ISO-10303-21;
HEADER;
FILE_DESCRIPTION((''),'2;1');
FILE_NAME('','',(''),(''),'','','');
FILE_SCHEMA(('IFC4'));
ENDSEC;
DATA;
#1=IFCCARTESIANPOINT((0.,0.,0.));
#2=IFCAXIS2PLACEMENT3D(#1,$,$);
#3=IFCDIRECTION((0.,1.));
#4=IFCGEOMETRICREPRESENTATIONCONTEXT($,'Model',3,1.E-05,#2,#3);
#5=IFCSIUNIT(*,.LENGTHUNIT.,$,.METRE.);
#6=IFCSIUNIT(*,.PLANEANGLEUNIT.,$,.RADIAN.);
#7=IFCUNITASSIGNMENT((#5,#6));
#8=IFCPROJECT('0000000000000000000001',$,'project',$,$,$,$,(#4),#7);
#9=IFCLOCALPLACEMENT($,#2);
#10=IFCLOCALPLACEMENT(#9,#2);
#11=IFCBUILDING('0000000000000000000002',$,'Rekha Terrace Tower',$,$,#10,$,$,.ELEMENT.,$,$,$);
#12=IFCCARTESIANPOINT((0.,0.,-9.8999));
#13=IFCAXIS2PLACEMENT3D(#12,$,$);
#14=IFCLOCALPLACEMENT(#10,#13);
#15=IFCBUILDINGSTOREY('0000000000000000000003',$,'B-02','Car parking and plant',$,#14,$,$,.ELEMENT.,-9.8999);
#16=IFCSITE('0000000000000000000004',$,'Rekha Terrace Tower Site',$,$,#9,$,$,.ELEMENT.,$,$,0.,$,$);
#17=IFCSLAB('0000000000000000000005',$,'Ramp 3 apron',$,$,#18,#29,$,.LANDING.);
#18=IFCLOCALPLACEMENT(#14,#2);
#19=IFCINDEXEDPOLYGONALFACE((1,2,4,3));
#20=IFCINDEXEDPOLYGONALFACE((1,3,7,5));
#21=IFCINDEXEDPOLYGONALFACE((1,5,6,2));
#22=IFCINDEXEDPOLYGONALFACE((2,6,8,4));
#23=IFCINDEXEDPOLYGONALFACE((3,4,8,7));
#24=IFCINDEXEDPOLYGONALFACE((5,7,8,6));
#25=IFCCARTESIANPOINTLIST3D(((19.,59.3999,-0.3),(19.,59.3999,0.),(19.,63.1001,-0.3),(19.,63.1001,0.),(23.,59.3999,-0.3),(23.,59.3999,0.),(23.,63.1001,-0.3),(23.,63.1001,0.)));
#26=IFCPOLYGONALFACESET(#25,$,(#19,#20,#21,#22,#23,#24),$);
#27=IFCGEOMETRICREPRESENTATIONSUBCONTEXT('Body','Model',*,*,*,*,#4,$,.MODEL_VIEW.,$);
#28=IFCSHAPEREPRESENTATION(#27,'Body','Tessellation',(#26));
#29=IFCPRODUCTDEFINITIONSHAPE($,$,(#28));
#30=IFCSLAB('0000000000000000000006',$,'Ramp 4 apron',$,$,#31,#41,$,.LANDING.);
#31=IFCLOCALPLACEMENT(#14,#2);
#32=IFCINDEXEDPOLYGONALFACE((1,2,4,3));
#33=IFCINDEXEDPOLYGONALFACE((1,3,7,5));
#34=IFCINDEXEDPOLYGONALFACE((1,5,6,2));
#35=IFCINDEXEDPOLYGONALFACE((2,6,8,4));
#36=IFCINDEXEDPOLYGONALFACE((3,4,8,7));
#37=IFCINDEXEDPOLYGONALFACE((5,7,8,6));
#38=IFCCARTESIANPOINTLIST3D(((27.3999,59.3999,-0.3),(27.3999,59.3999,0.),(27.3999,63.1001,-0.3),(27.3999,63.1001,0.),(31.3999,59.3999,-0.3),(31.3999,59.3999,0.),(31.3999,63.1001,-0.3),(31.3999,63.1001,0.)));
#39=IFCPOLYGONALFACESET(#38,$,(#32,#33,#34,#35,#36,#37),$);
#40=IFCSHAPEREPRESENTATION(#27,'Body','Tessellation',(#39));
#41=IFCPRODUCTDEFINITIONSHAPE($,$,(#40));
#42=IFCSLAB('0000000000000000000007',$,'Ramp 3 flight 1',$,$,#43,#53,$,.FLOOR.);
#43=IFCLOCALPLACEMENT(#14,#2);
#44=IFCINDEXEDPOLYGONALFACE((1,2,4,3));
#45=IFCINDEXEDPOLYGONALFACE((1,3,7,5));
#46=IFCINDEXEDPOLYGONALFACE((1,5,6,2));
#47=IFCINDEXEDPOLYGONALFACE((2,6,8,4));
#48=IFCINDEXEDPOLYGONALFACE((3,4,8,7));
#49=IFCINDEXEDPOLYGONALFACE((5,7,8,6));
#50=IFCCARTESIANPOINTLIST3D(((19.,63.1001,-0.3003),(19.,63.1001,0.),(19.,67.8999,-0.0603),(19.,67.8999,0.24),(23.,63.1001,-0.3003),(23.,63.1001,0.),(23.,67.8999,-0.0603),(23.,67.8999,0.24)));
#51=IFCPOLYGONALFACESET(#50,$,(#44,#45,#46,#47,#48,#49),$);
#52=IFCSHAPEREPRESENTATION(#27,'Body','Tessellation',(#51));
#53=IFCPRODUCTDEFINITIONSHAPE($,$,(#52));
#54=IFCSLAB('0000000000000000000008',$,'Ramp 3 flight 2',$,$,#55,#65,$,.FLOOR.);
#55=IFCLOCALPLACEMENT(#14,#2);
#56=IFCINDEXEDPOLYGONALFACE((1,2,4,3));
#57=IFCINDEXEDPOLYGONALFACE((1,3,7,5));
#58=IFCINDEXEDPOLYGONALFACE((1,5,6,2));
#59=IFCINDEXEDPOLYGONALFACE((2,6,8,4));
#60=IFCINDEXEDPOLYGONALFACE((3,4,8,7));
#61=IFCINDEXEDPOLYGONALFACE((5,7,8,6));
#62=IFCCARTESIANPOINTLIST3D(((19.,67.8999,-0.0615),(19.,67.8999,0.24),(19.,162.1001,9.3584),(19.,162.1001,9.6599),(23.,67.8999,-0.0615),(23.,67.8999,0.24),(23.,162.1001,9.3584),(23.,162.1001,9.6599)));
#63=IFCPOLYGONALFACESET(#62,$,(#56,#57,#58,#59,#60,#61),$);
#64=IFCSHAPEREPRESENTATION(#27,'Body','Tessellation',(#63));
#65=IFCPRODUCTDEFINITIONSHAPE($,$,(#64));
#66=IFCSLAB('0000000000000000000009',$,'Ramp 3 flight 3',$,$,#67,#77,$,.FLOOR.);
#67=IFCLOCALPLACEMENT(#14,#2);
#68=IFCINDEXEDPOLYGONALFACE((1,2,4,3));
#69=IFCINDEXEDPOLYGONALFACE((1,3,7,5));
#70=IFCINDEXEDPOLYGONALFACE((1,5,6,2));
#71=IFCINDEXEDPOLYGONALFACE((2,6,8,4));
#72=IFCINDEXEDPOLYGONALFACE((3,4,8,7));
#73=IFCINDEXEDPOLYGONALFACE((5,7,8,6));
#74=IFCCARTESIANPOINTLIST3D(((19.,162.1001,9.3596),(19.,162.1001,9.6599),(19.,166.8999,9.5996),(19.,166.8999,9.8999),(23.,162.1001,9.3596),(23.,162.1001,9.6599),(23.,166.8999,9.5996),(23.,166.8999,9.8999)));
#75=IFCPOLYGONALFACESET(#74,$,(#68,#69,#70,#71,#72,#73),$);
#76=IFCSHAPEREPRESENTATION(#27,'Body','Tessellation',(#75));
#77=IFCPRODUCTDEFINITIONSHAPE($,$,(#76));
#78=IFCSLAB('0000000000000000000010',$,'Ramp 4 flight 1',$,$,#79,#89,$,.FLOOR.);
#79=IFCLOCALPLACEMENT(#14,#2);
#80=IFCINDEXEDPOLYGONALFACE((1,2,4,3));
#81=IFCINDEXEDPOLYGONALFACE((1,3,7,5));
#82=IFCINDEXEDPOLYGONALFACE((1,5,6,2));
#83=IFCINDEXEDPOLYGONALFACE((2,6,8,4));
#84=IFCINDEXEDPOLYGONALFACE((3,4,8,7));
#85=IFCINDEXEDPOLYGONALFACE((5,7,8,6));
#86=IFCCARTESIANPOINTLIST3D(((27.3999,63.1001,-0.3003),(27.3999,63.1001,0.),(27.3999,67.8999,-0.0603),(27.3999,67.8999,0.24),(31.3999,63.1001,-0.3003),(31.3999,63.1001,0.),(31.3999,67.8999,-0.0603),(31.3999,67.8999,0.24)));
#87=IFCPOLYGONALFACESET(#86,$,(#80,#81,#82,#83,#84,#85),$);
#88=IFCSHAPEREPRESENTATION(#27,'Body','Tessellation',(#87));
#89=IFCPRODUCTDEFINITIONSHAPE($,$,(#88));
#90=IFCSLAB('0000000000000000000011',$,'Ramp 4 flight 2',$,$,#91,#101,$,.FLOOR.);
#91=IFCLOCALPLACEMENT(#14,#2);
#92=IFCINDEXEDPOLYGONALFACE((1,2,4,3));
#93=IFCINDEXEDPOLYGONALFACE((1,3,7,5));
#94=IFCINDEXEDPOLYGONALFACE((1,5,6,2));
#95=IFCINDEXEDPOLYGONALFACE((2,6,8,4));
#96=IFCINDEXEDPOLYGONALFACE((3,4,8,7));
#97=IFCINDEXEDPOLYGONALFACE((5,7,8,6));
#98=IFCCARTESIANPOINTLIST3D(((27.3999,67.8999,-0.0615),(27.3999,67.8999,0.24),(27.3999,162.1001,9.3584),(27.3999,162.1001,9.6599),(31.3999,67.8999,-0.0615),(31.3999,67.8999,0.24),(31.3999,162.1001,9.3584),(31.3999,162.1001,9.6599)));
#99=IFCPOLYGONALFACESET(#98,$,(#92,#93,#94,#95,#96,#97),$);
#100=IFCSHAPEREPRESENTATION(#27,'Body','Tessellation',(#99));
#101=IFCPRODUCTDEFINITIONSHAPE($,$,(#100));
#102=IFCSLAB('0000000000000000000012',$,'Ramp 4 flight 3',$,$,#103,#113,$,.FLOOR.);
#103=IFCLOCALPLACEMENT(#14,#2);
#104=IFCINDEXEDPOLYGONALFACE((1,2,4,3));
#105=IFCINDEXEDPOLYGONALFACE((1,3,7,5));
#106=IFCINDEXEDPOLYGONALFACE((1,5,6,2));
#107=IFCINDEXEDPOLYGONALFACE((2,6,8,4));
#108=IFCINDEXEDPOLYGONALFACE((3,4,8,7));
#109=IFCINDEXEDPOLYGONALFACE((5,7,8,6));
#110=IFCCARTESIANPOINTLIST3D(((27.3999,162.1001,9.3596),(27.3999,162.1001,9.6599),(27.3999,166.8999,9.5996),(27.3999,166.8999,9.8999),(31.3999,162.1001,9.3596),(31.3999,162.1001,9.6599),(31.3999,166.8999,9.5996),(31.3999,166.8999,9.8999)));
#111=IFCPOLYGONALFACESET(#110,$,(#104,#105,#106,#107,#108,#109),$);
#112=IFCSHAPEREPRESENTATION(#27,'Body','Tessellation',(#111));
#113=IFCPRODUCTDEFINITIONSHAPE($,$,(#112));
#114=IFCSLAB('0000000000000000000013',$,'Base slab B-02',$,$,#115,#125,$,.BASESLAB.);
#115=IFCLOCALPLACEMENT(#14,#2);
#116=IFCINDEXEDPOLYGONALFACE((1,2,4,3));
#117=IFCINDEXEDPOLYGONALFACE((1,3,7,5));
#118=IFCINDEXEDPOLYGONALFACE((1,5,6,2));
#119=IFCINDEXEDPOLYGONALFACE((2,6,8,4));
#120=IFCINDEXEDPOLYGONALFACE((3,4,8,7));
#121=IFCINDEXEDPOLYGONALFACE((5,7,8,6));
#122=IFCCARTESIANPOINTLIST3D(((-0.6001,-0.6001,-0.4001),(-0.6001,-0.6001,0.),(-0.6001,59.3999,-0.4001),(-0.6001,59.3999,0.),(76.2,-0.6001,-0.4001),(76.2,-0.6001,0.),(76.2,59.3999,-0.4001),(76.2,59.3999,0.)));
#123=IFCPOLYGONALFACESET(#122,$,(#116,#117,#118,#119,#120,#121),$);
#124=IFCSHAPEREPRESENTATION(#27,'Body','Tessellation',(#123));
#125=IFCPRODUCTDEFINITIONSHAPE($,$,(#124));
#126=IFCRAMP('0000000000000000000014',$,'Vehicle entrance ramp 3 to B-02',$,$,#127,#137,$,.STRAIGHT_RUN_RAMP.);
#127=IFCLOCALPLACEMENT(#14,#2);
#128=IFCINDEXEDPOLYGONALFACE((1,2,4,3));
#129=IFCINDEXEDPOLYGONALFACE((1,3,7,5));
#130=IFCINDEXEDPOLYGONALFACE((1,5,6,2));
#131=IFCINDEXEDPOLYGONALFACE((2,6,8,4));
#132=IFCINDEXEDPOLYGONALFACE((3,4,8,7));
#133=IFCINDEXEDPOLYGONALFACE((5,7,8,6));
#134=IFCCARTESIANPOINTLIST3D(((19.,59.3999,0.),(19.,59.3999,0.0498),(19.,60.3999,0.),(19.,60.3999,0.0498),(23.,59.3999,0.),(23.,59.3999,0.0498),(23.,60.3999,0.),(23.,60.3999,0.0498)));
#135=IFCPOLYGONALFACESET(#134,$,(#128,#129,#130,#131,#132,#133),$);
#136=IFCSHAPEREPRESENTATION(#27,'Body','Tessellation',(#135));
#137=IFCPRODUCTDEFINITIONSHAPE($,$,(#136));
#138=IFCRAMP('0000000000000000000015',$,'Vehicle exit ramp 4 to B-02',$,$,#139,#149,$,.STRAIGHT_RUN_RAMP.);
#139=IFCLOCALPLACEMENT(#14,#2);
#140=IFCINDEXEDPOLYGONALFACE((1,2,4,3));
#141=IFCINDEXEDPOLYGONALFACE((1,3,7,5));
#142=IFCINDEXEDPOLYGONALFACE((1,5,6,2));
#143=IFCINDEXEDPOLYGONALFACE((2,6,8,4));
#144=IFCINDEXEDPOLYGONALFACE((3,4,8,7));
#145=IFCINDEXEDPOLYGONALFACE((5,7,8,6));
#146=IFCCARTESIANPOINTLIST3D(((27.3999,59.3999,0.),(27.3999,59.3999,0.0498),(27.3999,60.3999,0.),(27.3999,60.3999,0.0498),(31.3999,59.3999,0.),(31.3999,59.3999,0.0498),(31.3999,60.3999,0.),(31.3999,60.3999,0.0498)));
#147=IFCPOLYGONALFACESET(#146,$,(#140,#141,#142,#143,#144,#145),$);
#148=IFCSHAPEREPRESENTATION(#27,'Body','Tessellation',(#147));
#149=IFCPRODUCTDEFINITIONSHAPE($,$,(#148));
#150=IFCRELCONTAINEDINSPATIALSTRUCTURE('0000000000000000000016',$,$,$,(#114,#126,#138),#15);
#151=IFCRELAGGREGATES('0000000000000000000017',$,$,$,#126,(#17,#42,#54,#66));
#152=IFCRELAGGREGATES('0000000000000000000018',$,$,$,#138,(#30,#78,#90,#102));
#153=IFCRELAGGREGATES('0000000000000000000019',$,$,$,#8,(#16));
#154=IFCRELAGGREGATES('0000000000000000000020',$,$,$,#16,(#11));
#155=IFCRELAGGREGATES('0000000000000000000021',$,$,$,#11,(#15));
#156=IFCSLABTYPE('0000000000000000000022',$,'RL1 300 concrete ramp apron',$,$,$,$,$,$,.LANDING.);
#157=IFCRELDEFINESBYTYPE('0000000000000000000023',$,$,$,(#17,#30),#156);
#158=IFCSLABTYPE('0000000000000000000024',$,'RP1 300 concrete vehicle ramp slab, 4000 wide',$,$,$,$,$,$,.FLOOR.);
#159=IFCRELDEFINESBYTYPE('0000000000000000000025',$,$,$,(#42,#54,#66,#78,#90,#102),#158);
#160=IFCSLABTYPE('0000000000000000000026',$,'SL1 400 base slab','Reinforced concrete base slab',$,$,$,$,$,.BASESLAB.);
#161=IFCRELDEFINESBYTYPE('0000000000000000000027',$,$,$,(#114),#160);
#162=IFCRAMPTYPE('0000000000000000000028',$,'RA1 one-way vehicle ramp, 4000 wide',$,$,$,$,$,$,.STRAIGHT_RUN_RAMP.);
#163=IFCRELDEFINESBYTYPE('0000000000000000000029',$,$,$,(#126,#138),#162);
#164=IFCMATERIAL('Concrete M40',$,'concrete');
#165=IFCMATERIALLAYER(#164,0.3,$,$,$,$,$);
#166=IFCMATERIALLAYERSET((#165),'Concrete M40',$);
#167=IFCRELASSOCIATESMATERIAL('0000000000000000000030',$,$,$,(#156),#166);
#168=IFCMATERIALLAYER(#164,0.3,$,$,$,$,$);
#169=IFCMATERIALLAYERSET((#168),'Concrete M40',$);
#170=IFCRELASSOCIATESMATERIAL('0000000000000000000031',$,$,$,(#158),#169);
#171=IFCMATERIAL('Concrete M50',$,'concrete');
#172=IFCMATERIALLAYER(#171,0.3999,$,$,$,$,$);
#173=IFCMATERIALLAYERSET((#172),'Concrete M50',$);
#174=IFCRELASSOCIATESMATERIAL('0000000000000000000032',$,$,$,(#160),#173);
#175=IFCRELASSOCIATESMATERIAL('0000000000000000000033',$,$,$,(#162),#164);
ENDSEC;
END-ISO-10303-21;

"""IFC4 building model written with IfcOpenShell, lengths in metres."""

from ifc_helpers import new_model, si_unit, direction, frame, origin, place, context, subcontext, project, spatial, polyline, outline, extrude, material, layer, layer_set, type_object, element, aggregate, save


model = new_model("IFC4")

# Units and contexts
model_context = context("Model", 3, precision=1e-05, world=origin(), true_north=direction((0.0, 1.0)))
body_context = subcontext(model_context, "Body", "Model", "MODEL_VIEW")
ifc_project = project(units=[si_unit("LENGTHUNIT", "METRE"), si_unit("PLANEANGLEUNIT", "RADIAN")], contexts=[model_context])

# Site, building, storey
site_placement = place(None, origin())
site = spatial("IfcSite", under=ifc_project, at=site_placement, Name="Rekha Terrace Tower Site", CompositionType="ELEMENT", RefElevation=0.0)
building_placement = place(site_placement, origin())
building = spatial("IfcBuilding", under=site, at=building_placement, Name="Rekha Terrace Tower", CompositionType="ELEMENT")
storey_placement = place(building_placement, frame((0.0, 0.0, -9.8999)))
storey = spatial("IfcBuildingStorey", under=building, at=storey_placement, Name="B-02", Description="Car parking and plant", CompositionType="ELEMENT", Elevation=-9.8999)

# Shared definitions
ifc_material_1 = material(Name="Concrete M50", Category="concrete")

# Shared definitions
ifc_material_2 = material(Name="Concrete M40", Category="concrete")

# Slabs
ifc_layer_1 = layer(ifc_material_2, 0.3)
ifc_layer_set_1 = layer_set([ifc_layer_1], Name="Concrete M40")
slab_type_1 = type_object("IfcSlabType", Name="RL1 300 concrete ramp apron", PredefinedType="LANDING", material=ifc_layer_set_1)
slab_1_placement = place(storey_placement, frame((19.0, 59.3999, 0.0), z_axis=(0.0, 0.0, 1.0), x_axis=(1.0, 0.0, 0.0)))
slab_1 = element("IfcSlab", 1, at=slab_1_placement, type_object=slab_type_1, Name="Ramp 3 apron", PredefinedType="LANDING", context=body_context, shape_type="SweptSolid", body=[
    extrude(outline(polyline([(0.0, 0.0), (4.0, 0.0), (4.0, 3.7002), (0.0, 3.7002), (0.0, 0.0)])), origin(), (0.0, 0.0, -1.0), 0.3),
])
slab_2_placement = place(storey_placement, frame((27.3999, 59.3999, 0.0), z_axis=(0.0, 0.0, 1.0), x_axis=(1.0, 0.0, 0.0)))
slab_2 = element("IfcSlab", 2, at=slab_2_placement, type_object=slab_type_1, Name="Ramp 4 apron", PredefinedType="LANDING", context=body_context, shape_type="SweptSolid", body=[
    extrude(outline(polyline([(0.0, 0.0), (4.0, 0.0), (4.0, 3.7002), (0.0, 3.7002), (0.0, 0.0)])), origin(), (0.0, 0.0, -1.0), 0.3),
])
ifc_layer_2 = layer(ifc_material_2, 0.3)
ifc_layer_set_2 = layer_set([ifc_layer_2], Name="Concrete M40")
slab_type_2 = type_object("IfcSlabType", Name="RP1 300 concrete vehicle ramp slab, 4000 wide", PredefinedType="FLOOR", material=ifc_layer_set_2)
slab_3_placement = place(storey_placement, frame((19.0, 63.1001, 0.0), z_axis=(0.0, -0.049938, 0.998752), x_axis=(1.0, 0.0, 0.0)))
slab_3 = element("IfcSlab", 3, at=slab_3_placement, type_object=slab_type_2, Name="Ramp 3 flight 1", PredefinedType="FLOOR", context=body_context, shape_type="SweptSolid", body=[
    extrude(outline(polyline([(0.0, 0.0), (4.0, 0.0), (4.0, 4.8058), (0.0, 4.8058), (0.0, 0.0)])), origin(), (0.0, -0.049938, -0.998752), 0.3003),
])
slab_4_placement = place(storey_placement, frame((19.0, 67.8999, 0.24), z_axis=(0.0, -0.099503, 0.995037), x_axis=(1.0, 0.0, 0.0)))
slab_4 = element("IfcSlab", 4, at=slab_4_placement, type_object=slab_type_2, Name="Ramp 3 flight 2", PredefinedType="FLOOR", context=body_context, shape_type="SweptSolid", body=[
    extrude(outline(polyline([(0.0, 0.0), (4.0, 0.0), (4.0, 94.67), (0.0, 94.67), (0.0, 0.0)])), origin(), (0.0, -0.099503, -0.995037), 0.3015),
])
slab_5_placement = place(storey_placement, frame((19.0, 162.1001, 9.6599), z_axis=(0.0, -0.049938, 0.998752), x_axis=(1.0, 0.0, 0.0)))
slab_5 = element("IfcSlab", 5, at=slab_5_placement, type_object=slab_type_2, Name="Ramp 3 flight 3", PredefinedType="FLOOR", context=body_context, shape_type="SweptSolid", body=[
    extrude(outline(polyline([(0.0, 0.0), (4.0, 0.0), (4.0, 4.8058), (0.0, 4.8058), (0.0, 0.0)])), origin(), (0.0, -0.049938, -0.998752), 0.3003),
])
slab_6_placement = place(storey_placement, frame((27.3999, 63.1001, 0.0), z_axis=(0.0, -0.049938, 0.998752), x_axis=(1.0, 0.0, 0.0)))
slab_6 = element("IfcSlab", 6, at=slab_6_placement, type_object=slab_type_2, Name="Ramp 4 flight 1", PredefinedType="FLOOR", context=body_context, shape_type="SweptSolid", body=[
    extrude(outline(polyline([(0.0, 0.0), (4.0, 0.0), (4.0, 4.8058), (0.0, 4.8058), (0.0, 0.0)])), origin(), (0.0, -0.049938, -0.998752), 0.3003),
])
slab_7_placement = place(storey_placement, frame((27.3999, 67.8999, 0.24), z_axis=(0.0, -0.099503, 0.995037), x_axis=(1.0, 0.0, 0.0)))
slab_7 = element("IfcSlab", 7, at=slab_7_placement, type_object=slab_type_2, Name="Ramp 4 flight 2", PredefinedType="FLOOR", context=body_context, shape_type="SweptSolid", body=[
    extrude(outline(polyline([(0.0, 0.0), (4.0, 0.0), (4.0, 94.67), (0.0, 94.67), (0.0, 0.0)])), origin(), (0.0, -0.099503, -0.995037), 0.3015),
])
slab_8_placement = place(storey_placement, frame((27.3999, 162.1001, 9.6599), z_axis=(0.0, -0.049938, 0.998752), x_axis=(1.0, 0.0, 0.0)))
slab_8 = element("IfcSlab", 8, at=slab_8_placement, type_object=slab_type_2, Name="Ramp 4 flight 3", PredefinedType="FLOOR", context=body_context, shape_type="SweptSolid", body=[
    extrude(outline(polyline([(0.0, 0.0), (4.0, 0.0), (4.0, 4.8058), (0.0, 4.8058), (0.0, 0.0)])), origin(), (0.0, -0.049938, -0.998752), 0.3003),
])
ifc_layer_3 = layer(ifc_material_1, 0.3999)
ifc_layer_set_3 = layer_set([ifc_layer_3], Name="Concrete M50")
slab_type_3 = type_object("IfcSlabType", Name="SL1 400 base slab", Description="Reinforced concrete base slab", PredefinedType="BASESLAB", material=ifc_layer_set_3)
slab_9_placement = place(storey_placement, frame((0.0, 0.0, -0.4001)))
element("IfcSlab", 9, at=slab_9_placement, inside=storey, type_object=slab_type_3, Name="Base slab B-02", PredefinedType="BASESLAB", context=body_context, shape_type="SweptSolid", body=[
    extrude(outline(polyline([(-0.6001, -0.6001), (76.2, -0.6001), (76.2, 59.3999), (-0.6001, 59.3999), (-0.6001, -0.6001)])), origin(), (0.0, 0.0, 1.0), 0.4001),
])

# Ramps
ramp_type = type_object("IfcRampType", Name="RA1 one-way vehicle ramp, 4000 wide", PredefinedType="STRAIGHT_RUN_RAMP", material=ifc_material_2)
ramp_1_placement = place(storey_placement, origin())
ramp_1 = element("IfcRamp", 10, at=ramp_1_placement, inside=storey, type_object=ramp_type, Name="Vehicle entrance ramp 3 to B-02", PredefinedType="STRAIGHT_RUN_RAMP", context=body_context, shape_type="SweptSolid", body=[
    extrude(outline(polyline([(19.0, 59.3999), (23.0, 59.3999), (23.0, 60.3999), (19.0, 60.3999), (19.0, 59.3999)])), origin(), (0.0, 0.0, 1.0), 0.0498),
])
aggregate(ramp_1, [slab_1, slab_3, slab_4, slab_5])
ramp_2_placement = place(storey_placement, origin())
ramp_2 = element("IfcRamp", 11, at=ramp_2_placement, inside=storey, type_object=ramp_type, Name="Vehicle exit ramp 4 to B-02", PredefinedType="STRAIGHT_RUN_RAMP", context=body_context, shape_type="SweptSolid", body=[
    extrude(outline(polyline([(27.3999, 59.3999), (31.3999, 59.3999), (31.3999, 60.3999), (27.3999, 60.3999), (27.3999, 59.3999)])), origin(), (0.0, 0.0, 1.0), 0.0498),
])
aggregate(ramp_2, [slab_2, slab_6, slab_7, slab_8])

save(model, "model.ifc")
